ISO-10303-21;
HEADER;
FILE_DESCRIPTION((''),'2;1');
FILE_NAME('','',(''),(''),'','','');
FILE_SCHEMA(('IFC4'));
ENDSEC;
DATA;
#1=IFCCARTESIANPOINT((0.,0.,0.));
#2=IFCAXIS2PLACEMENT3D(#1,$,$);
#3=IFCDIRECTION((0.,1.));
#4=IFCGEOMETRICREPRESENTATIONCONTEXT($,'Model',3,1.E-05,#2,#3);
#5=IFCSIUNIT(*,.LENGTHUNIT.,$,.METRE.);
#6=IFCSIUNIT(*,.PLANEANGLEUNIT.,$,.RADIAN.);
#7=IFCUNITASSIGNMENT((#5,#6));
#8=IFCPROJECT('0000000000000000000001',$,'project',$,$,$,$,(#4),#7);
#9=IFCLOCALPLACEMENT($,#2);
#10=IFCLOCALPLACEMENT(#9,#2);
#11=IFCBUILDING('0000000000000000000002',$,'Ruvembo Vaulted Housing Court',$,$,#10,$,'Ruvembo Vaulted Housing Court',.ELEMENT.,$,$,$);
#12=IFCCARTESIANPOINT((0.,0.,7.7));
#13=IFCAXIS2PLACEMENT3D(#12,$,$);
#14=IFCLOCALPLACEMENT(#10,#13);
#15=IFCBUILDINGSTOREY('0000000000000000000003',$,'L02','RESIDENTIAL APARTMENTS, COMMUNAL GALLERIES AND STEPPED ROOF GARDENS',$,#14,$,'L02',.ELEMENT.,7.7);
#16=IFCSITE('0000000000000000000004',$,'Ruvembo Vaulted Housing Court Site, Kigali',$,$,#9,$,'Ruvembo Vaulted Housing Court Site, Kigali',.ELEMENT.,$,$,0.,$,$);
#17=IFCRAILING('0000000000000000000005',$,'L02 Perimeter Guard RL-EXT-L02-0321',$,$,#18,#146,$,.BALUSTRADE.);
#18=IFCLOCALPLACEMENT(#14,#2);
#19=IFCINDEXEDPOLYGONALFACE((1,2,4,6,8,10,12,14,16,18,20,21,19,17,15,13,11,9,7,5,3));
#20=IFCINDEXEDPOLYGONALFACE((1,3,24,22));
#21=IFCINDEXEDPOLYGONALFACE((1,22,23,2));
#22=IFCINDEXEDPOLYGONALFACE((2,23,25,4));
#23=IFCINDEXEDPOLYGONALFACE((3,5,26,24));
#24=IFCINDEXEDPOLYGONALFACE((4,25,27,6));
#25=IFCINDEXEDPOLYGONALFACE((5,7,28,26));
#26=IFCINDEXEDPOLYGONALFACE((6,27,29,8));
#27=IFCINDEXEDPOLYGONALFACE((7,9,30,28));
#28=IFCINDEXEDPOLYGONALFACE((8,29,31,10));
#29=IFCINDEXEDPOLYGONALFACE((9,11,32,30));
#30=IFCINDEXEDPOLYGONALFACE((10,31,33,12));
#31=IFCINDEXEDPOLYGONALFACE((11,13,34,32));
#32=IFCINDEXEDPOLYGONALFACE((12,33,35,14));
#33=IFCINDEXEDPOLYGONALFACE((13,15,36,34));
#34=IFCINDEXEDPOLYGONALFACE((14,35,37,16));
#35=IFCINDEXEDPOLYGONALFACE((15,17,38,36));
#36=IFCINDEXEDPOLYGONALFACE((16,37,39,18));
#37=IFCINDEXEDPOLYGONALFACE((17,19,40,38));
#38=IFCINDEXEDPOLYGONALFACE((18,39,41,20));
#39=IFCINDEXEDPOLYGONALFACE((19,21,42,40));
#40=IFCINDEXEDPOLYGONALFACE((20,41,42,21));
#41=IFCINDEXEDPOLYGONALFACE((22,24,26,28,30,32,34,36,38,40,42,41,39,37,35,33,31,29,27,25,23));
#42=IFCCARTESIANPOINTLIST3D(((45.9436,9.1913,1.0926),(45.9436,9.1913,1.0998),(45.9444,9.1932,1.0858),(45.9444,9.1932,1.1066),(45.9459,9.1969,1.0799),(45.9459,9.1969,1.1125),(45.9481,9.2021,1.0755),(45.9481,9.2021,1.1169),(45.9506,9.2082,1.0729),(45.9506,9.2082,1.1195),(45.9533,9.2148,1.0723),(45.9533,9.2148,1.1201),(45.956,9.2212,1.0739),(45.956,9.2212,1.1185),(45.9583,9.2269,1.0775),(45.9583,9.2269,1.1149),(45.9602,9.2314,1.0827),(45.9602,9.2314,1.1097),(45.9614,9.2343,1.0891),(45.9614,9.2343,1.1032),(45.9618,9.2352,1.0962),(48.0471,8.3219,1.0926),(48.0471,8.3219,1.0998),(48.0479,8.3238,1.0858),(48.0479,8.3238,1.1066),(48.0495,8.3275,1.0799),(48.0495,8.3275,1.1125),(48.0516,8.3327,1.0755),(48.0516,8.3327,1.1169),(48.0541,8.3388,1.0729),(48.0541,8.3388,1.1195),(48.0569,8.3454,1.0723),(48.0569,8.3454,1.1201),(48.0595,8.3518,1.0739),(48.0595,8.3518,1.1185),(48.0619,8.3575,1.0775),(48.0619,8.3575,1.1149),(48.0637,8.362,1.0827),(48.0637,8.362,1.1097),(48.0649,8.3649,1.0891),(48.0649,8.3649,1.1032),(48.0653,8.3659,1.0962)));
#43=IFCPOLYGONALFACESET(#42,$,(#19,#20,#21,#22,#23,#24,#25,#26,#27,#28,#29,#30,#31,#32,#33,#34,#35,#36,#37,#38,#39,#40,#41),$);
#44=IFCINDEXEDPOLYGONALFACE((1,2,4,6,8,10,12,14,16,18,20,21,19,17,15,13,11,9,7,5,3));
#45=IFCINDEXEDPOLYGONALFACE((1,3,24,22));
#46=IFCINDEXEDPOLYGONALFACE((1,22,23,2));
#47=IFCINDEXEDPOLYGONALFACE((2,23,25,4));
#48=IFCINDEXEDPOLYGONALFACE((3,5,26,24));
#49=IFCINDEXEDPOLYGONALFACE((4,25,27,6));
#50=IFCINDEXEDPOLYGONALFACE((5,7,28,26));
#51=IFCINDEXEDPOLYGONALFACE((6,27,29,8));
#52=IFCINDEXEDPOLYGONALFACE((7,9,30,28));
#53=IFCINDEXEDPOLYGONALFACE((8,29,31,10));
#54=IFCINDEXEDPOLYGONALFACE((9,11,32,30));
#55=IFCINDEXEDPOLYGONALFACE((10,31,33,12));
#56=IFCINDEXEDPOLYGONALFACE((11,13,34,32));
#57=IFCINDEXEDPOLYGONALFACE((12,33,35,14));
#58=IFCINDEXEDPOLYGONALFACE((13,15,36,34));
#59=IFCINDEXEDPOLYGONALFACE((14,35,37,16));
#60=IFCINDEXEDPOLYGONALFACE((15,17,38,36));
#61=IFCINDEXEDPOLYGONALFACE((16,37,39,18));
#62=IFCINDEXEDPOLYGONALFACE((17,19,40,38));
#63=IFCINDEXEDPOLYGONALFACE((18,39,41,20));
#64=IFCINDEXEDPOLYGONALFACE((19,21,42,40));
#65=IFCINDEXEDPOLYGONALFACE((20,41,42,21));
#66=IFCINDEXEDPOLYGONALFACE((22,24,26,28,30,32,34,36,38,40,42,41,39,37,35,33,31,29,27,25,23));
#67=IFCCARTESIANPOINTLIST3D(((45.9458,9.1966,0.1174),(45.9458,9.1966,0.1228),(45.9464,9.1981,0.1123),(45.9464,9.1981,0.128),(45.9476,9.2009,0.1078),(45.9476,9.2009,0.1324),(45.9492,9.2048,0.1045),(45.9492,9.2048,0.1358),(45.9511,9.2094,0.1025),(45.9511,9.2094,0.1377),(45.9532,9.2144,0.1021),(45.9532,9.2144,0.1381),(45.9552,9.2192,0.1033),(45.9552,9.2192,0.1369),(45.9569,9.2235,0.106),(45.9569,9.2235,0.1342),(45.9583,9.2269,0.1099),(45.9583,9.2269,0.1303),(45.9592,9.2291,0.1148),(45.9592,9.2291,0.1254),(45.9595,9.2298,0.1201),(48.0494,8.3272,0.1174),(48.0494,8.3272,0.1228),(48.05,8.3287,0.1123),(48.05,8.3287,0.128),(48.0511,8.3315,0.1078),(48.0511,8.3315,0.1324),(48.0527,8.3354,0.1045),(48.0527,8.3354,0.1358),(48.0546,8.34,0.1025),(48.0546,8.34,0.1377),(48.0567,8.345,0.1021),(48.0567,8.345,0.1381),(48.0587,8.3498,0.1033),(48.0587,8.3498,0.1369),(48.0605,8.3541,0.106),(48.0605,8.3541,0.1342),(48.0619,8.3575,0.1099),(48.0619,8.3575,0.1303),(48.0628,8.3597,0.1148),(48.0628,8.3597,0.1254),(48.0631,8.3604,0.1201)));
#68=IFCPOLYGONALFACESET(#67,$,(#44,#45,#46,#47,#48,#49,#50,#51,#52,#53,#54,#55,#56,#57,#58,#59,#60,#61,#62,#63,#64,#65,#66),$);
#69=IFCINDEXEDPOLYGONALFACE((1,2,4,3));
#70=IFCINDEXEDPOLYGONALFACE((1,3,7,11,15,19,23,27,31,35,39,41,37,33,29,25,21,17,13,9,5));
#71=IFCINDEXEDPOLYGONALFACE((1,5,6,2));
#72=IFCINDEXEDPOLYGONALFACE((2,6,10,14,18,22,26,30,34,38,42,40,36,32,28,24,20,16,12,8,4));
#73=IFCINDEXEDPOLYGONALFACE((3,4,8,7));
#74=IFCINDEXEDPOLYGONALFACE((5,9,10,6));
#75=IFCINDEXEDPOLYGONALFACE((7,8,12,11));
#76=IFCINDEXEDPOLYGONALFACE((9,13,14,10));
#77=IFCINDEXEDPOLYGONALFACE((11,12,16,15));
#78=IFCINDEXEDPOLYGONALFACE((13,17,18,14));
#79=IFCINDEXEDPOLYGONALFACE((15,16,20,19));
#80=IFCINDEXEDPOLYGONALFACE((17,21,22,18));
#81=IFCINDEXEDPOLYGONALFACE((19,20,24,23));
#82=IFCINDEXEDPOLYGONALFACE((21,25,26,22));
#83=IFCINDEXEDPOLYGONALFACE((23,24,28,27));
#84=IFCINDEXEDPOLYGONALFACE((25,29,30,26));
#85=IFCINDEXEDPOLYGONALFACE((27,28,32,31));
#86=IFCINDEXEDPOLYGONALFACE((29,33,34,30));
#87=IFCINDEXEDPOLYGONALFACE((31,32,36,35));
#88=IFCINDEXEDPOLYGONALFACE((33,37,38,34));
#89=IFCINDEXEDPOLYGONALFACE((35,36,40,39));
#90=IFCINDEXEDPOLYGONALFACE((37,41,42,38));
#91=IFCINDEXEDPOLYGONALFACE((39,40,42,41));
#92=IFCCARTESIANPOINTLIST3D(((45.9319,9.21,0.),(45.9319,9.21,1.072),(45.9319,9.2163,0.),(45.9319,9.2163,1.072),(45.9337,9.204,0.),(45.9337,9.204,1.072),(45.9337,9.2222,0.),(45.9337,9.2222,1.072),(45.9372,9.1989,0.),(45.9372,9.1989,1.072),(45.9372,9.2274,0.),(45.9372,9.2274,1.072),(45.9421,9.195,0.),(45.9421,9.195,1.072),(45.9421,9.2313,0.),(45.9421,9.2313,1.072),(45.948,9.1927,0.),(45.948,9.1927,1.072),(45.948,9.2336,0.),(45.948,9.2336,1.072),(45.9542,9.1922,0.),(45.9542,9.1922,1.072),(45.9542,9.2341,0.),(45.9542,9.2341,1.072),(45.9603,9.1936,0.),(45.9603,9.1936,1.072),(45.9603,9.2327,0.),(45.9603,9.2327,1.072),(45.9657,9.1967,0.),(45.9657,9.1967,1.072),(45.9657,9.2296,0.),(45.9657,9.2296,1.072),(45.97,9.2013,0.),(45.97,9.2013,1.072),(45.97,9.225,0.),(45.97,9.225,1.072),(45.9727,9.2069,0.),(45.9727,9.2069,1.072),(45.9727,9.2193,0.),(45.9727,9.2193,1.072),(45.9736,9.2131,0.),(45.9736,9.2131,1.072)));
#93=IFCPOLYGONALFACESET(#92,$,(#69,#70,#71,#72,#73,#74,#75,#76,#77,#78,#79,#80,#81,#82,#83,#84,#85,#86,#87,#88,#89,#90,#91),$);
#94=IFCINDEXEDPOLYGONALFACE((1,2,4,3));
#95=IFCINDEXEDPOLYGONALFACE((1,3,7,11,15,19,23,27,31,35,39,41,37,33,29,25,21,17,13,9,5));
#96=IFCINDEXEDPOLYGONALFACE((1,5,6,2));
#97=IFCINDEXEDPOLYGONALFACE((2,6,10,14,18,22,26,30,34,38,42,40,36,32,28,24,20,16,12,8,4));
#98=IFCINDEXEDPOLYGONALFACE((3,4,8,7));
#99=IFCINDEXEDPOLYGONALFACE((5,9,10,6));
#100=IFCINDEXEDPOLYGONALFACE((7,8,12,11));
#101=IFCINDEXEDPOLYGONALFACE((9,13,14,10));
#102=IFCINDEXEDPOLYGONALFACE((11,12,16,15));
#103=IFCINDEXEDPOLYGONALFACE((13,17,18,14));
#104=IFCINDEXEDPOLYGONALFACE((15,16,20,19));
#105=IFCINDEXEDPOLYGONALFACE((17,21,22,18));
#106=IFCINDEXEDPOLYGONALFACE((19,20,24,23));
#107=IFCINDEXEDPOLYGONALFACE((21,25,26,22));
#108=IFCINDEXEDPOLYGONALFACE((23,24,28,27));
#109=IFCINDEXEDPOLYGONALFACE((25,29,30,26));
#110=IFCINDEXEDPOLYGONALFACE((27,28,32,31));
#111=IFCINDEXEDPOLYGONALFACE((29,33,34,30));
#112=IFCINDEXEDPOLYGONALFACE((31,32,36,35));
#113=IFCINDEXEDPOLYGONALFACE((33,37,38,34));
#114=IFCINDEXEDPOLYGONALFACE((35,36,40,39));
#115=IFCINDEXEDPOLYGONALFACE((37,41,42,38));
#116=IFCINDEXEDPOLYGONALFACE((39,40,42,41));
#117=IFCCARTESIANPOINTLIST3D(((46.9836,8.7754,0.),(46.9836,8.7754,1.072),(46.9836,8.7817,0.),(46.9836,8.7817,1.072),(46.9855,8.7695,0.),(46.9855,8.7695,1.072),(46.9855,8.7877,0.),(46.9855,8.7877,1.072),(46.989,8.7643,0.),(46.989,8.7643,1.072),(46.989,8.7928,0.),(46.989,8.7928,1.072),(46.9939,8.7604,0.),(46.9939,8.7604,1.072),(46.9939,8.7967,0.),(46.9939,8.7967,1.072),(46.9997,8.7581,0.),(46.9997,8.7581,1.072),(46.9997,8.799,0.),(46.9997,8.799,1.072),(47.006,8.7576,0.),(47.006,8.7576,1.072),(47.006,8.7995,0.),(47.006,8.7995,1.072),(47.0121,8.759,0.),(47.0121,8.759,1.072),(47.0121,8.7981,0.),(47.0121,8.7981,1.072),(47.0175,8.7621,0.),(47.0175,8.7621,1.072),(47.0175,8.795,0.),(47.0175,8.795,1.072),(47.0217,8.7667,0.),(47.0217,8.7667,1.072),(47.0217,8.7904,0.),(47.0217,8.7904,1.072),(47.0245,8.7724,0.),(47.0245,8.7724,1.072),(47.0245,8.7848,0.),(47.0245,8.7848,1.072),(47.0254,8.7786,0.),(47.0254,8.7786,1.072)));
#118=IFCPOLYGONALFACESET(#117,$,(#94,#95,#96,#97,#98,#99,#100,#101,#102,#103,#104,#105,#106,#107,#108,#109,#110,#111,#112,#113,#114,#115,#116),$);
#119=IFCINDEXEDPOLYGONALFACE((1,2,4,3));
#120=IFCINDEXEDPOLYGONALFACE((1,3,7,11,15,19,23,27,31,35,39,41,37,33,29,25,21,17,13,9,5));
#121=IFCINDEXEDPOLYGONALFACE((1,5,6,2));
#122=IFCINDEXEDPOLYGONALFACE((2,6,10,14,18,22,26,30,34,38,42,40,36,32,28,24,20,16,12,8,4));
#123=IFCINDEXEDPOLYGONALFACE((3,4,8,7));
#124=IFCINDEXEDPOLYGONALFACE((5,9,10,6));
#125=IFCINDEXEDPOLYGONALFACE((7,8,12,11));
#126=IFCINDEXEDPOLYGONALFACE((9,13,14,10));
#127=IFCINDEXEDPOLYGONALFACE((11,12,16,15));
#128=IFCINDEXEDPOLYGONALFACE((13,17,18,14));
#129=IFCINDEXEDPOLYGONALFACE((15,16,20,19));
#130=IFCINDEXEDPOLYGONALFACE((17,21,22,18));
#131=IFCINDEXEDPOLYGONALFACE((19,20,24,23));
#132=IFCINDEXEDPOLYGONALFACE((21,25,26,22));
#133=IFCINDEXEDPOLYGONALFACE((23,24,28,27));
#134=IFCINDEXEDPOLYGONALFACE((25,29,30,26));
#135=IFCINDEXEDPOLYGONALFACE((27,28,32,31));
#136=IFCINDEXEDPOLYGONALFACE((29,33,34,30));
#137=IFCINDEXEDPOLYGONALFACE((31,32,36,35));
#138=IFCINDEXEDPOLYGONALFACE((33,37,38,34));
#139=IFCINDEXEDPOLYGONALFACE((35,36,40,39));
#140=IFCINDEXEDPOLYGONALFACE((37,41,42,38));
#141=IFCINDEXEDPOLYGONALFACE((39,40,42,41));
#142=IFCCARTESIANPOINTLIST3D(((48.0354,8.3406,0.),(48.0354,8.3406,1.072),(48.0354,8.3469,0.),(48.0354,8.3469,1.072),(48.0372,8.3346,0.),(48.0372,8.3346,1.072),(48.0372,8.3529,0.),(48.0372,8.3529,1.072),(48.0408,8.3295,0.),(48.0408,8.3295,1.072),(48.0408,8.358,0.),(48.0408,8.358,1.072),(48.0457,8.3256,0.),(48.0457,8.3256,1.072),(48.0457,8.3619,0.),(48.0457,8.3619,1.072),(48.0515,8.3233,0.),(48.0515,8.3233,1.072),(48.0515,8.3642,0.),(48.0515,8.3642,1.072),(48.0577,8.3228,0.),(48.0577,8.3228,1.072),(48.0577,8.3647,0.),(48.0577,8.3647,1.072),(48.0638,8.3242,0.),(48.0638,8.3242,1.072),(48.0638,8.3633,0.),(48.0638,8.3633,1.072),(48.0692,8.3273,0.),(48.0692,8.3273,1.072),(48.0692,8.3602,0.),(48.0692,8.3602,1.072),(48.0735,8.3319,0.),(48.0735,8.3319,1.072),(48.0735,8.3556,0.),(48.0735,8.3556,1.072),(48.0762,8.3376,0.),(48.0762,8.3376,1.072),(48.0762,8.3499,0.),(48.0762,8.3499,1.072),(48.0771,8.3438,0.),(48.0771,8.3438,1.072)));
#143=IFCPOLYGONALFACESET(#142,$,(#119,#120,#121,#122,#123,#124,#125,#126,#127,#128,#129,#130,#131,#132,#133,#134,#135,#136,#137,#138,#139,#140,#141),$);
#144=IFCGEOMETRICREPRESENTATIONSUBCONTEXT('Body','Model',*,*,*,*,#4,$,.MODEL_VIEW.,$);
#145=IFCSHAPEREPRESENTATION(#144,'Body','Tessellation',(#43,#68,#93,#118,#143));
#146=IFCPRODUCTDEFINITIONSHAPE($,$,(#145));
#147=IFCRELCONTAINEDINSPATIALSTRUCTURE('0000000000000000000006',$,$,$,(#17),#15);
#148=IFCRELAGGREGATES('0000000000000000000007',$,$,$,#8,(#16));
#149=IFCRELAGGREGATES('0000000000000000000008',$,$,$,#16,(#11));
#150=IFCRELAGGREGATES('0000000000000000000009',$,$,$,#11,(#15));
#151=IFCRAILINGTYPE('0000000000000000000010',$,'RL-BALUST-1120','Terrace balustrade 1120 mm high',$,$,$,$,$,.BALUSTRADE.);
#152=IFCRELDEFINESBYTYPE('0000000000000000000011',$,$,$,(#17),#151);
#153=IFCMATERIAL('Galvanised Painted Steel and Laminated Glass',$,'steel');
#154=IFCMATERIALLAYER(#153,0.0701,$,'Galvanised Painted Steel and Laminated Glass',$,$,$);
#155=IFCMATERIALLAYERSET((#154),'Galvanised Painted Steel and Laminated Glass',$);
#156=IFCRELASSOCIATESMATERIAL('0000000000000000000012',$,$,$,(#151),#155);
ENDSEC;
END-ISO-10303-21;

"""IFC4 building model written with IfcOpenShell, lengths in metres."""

from ifc_helpers import new_model, si_unit, direction, frame, origin, origin_2d, place, context, subcontext, project, spatial, circle, extrude, material, layer, layer_set, type_object, element, save


model = new_model("IFC4")

# Units and contexts
model_context = context("Model", 3, precision=1e-05, world=origin(), true_north=direction((0.0, 1.0)))
body_context = subcontext(model_context, "Body", "Model", "MODEL_VIEW")
ifc_project = project(units=[si_unit("LENGTHUNIT", "METRE"), si_unit("PLANEANGLEUNIT", "RADIAN")], contexts=[model_context])

# Site, building, storey
site_placement = place(None, origin())
site = spatial("IfcSite", under=ifc_project, at=site_placement, Name="Ruvembo Vaulted Housing Court Site, Kigali", LongName="Ruvembo Vaulted Housing Court Site, Kigali", CompositionType="ELEMENT", RefElevation=0.0)
building_placement = place(site_placement, origin())
building = spatial("IfcBuilding", under=site, at=building_placement, Name="Ruvembo Vaulted Housing Court", LongName="Ruvembo Vaulted Housing Court", CompositionType="ELEMENT")
storey_placement = place(building_placement, frame((0.0, 0.0, 7.7)))
storey = spatial("IfcBuildingStorey", under=building, at=storey_placement, Name="L02", Description="RESIDENTIAL APARTMENTS, COMMUNAL GALLERIES AND STEPPED ROOF GARDENS", LongName="L02", CompositionType="ELEMENT", Elevation=7.7)

# Railing
ifc_material_1 = material(Name="Galvanised Painted Steel and Laminated Glass", Category="steel")
ifc_layer_1 = layer(ifc_material_1, 0.0701, Name="Galvanised Painted Steel and Laminated Glass")
ifc_layer_set_1 = layer_set([ifc_layer_1], Name="Galvanised Painted Steel and Laminated Glass")
railing_type = type_object("IfcRailingType", Name="RL-BALUST-1120", Description="Terrace balustrade 1120 mm high", PredefinedType="BALUSTRADE", material=ifc_layer_set_1)
railing_placement = place(storey_placement, frame((45.9526, 9.2131, 0.0)))
element("IfcRailing", 1, at=railing_placement, inside=storey, type_object=railing_type, Name="L02 Perimeter Guard RL-EXT-L02-0321", PredefinedType="BALUSTRADE", context=body_context, shape_type="SweptSolid", body=[
    extrude(circle(Radius=0.0239, at=origin_2d()), frame((0.0, 0.0, 1.0962), z_axis=(0.924177, -0.381963, 0.0), x_axis=(0.381963, 0.924177, 0.0)), (0.0, 0.0, 1.0), 2.2761),
    extrude(circle(Radius=0.0181, at=origin_2d()), frame((0.0, 0.0, 0.1201), z_axis=(0.924177, -0.381963, 0.0), x_axis=(0.381963, 0.924177, 0.0)), (0.0, 0.0, 1.0), 2.2761),
    extrude(circle(Radius=0.021, at=origin_2d()), origin(), (0.0, 0.0, 1.0), 1.072),
    extrude(circle(Radius=0.021, at=origin_2d()), frame((1.0518, -0.4346, 0.0)), (0.0, 0.0, 1.0), 1.072),
    extrude(circle(Radius=0.021, at=origin_2d()), frame((2.1035, -0.8694, 0.0)), (0.0, 0.0, 1.0), 1.072),
])

save(model, "model.ifc")
